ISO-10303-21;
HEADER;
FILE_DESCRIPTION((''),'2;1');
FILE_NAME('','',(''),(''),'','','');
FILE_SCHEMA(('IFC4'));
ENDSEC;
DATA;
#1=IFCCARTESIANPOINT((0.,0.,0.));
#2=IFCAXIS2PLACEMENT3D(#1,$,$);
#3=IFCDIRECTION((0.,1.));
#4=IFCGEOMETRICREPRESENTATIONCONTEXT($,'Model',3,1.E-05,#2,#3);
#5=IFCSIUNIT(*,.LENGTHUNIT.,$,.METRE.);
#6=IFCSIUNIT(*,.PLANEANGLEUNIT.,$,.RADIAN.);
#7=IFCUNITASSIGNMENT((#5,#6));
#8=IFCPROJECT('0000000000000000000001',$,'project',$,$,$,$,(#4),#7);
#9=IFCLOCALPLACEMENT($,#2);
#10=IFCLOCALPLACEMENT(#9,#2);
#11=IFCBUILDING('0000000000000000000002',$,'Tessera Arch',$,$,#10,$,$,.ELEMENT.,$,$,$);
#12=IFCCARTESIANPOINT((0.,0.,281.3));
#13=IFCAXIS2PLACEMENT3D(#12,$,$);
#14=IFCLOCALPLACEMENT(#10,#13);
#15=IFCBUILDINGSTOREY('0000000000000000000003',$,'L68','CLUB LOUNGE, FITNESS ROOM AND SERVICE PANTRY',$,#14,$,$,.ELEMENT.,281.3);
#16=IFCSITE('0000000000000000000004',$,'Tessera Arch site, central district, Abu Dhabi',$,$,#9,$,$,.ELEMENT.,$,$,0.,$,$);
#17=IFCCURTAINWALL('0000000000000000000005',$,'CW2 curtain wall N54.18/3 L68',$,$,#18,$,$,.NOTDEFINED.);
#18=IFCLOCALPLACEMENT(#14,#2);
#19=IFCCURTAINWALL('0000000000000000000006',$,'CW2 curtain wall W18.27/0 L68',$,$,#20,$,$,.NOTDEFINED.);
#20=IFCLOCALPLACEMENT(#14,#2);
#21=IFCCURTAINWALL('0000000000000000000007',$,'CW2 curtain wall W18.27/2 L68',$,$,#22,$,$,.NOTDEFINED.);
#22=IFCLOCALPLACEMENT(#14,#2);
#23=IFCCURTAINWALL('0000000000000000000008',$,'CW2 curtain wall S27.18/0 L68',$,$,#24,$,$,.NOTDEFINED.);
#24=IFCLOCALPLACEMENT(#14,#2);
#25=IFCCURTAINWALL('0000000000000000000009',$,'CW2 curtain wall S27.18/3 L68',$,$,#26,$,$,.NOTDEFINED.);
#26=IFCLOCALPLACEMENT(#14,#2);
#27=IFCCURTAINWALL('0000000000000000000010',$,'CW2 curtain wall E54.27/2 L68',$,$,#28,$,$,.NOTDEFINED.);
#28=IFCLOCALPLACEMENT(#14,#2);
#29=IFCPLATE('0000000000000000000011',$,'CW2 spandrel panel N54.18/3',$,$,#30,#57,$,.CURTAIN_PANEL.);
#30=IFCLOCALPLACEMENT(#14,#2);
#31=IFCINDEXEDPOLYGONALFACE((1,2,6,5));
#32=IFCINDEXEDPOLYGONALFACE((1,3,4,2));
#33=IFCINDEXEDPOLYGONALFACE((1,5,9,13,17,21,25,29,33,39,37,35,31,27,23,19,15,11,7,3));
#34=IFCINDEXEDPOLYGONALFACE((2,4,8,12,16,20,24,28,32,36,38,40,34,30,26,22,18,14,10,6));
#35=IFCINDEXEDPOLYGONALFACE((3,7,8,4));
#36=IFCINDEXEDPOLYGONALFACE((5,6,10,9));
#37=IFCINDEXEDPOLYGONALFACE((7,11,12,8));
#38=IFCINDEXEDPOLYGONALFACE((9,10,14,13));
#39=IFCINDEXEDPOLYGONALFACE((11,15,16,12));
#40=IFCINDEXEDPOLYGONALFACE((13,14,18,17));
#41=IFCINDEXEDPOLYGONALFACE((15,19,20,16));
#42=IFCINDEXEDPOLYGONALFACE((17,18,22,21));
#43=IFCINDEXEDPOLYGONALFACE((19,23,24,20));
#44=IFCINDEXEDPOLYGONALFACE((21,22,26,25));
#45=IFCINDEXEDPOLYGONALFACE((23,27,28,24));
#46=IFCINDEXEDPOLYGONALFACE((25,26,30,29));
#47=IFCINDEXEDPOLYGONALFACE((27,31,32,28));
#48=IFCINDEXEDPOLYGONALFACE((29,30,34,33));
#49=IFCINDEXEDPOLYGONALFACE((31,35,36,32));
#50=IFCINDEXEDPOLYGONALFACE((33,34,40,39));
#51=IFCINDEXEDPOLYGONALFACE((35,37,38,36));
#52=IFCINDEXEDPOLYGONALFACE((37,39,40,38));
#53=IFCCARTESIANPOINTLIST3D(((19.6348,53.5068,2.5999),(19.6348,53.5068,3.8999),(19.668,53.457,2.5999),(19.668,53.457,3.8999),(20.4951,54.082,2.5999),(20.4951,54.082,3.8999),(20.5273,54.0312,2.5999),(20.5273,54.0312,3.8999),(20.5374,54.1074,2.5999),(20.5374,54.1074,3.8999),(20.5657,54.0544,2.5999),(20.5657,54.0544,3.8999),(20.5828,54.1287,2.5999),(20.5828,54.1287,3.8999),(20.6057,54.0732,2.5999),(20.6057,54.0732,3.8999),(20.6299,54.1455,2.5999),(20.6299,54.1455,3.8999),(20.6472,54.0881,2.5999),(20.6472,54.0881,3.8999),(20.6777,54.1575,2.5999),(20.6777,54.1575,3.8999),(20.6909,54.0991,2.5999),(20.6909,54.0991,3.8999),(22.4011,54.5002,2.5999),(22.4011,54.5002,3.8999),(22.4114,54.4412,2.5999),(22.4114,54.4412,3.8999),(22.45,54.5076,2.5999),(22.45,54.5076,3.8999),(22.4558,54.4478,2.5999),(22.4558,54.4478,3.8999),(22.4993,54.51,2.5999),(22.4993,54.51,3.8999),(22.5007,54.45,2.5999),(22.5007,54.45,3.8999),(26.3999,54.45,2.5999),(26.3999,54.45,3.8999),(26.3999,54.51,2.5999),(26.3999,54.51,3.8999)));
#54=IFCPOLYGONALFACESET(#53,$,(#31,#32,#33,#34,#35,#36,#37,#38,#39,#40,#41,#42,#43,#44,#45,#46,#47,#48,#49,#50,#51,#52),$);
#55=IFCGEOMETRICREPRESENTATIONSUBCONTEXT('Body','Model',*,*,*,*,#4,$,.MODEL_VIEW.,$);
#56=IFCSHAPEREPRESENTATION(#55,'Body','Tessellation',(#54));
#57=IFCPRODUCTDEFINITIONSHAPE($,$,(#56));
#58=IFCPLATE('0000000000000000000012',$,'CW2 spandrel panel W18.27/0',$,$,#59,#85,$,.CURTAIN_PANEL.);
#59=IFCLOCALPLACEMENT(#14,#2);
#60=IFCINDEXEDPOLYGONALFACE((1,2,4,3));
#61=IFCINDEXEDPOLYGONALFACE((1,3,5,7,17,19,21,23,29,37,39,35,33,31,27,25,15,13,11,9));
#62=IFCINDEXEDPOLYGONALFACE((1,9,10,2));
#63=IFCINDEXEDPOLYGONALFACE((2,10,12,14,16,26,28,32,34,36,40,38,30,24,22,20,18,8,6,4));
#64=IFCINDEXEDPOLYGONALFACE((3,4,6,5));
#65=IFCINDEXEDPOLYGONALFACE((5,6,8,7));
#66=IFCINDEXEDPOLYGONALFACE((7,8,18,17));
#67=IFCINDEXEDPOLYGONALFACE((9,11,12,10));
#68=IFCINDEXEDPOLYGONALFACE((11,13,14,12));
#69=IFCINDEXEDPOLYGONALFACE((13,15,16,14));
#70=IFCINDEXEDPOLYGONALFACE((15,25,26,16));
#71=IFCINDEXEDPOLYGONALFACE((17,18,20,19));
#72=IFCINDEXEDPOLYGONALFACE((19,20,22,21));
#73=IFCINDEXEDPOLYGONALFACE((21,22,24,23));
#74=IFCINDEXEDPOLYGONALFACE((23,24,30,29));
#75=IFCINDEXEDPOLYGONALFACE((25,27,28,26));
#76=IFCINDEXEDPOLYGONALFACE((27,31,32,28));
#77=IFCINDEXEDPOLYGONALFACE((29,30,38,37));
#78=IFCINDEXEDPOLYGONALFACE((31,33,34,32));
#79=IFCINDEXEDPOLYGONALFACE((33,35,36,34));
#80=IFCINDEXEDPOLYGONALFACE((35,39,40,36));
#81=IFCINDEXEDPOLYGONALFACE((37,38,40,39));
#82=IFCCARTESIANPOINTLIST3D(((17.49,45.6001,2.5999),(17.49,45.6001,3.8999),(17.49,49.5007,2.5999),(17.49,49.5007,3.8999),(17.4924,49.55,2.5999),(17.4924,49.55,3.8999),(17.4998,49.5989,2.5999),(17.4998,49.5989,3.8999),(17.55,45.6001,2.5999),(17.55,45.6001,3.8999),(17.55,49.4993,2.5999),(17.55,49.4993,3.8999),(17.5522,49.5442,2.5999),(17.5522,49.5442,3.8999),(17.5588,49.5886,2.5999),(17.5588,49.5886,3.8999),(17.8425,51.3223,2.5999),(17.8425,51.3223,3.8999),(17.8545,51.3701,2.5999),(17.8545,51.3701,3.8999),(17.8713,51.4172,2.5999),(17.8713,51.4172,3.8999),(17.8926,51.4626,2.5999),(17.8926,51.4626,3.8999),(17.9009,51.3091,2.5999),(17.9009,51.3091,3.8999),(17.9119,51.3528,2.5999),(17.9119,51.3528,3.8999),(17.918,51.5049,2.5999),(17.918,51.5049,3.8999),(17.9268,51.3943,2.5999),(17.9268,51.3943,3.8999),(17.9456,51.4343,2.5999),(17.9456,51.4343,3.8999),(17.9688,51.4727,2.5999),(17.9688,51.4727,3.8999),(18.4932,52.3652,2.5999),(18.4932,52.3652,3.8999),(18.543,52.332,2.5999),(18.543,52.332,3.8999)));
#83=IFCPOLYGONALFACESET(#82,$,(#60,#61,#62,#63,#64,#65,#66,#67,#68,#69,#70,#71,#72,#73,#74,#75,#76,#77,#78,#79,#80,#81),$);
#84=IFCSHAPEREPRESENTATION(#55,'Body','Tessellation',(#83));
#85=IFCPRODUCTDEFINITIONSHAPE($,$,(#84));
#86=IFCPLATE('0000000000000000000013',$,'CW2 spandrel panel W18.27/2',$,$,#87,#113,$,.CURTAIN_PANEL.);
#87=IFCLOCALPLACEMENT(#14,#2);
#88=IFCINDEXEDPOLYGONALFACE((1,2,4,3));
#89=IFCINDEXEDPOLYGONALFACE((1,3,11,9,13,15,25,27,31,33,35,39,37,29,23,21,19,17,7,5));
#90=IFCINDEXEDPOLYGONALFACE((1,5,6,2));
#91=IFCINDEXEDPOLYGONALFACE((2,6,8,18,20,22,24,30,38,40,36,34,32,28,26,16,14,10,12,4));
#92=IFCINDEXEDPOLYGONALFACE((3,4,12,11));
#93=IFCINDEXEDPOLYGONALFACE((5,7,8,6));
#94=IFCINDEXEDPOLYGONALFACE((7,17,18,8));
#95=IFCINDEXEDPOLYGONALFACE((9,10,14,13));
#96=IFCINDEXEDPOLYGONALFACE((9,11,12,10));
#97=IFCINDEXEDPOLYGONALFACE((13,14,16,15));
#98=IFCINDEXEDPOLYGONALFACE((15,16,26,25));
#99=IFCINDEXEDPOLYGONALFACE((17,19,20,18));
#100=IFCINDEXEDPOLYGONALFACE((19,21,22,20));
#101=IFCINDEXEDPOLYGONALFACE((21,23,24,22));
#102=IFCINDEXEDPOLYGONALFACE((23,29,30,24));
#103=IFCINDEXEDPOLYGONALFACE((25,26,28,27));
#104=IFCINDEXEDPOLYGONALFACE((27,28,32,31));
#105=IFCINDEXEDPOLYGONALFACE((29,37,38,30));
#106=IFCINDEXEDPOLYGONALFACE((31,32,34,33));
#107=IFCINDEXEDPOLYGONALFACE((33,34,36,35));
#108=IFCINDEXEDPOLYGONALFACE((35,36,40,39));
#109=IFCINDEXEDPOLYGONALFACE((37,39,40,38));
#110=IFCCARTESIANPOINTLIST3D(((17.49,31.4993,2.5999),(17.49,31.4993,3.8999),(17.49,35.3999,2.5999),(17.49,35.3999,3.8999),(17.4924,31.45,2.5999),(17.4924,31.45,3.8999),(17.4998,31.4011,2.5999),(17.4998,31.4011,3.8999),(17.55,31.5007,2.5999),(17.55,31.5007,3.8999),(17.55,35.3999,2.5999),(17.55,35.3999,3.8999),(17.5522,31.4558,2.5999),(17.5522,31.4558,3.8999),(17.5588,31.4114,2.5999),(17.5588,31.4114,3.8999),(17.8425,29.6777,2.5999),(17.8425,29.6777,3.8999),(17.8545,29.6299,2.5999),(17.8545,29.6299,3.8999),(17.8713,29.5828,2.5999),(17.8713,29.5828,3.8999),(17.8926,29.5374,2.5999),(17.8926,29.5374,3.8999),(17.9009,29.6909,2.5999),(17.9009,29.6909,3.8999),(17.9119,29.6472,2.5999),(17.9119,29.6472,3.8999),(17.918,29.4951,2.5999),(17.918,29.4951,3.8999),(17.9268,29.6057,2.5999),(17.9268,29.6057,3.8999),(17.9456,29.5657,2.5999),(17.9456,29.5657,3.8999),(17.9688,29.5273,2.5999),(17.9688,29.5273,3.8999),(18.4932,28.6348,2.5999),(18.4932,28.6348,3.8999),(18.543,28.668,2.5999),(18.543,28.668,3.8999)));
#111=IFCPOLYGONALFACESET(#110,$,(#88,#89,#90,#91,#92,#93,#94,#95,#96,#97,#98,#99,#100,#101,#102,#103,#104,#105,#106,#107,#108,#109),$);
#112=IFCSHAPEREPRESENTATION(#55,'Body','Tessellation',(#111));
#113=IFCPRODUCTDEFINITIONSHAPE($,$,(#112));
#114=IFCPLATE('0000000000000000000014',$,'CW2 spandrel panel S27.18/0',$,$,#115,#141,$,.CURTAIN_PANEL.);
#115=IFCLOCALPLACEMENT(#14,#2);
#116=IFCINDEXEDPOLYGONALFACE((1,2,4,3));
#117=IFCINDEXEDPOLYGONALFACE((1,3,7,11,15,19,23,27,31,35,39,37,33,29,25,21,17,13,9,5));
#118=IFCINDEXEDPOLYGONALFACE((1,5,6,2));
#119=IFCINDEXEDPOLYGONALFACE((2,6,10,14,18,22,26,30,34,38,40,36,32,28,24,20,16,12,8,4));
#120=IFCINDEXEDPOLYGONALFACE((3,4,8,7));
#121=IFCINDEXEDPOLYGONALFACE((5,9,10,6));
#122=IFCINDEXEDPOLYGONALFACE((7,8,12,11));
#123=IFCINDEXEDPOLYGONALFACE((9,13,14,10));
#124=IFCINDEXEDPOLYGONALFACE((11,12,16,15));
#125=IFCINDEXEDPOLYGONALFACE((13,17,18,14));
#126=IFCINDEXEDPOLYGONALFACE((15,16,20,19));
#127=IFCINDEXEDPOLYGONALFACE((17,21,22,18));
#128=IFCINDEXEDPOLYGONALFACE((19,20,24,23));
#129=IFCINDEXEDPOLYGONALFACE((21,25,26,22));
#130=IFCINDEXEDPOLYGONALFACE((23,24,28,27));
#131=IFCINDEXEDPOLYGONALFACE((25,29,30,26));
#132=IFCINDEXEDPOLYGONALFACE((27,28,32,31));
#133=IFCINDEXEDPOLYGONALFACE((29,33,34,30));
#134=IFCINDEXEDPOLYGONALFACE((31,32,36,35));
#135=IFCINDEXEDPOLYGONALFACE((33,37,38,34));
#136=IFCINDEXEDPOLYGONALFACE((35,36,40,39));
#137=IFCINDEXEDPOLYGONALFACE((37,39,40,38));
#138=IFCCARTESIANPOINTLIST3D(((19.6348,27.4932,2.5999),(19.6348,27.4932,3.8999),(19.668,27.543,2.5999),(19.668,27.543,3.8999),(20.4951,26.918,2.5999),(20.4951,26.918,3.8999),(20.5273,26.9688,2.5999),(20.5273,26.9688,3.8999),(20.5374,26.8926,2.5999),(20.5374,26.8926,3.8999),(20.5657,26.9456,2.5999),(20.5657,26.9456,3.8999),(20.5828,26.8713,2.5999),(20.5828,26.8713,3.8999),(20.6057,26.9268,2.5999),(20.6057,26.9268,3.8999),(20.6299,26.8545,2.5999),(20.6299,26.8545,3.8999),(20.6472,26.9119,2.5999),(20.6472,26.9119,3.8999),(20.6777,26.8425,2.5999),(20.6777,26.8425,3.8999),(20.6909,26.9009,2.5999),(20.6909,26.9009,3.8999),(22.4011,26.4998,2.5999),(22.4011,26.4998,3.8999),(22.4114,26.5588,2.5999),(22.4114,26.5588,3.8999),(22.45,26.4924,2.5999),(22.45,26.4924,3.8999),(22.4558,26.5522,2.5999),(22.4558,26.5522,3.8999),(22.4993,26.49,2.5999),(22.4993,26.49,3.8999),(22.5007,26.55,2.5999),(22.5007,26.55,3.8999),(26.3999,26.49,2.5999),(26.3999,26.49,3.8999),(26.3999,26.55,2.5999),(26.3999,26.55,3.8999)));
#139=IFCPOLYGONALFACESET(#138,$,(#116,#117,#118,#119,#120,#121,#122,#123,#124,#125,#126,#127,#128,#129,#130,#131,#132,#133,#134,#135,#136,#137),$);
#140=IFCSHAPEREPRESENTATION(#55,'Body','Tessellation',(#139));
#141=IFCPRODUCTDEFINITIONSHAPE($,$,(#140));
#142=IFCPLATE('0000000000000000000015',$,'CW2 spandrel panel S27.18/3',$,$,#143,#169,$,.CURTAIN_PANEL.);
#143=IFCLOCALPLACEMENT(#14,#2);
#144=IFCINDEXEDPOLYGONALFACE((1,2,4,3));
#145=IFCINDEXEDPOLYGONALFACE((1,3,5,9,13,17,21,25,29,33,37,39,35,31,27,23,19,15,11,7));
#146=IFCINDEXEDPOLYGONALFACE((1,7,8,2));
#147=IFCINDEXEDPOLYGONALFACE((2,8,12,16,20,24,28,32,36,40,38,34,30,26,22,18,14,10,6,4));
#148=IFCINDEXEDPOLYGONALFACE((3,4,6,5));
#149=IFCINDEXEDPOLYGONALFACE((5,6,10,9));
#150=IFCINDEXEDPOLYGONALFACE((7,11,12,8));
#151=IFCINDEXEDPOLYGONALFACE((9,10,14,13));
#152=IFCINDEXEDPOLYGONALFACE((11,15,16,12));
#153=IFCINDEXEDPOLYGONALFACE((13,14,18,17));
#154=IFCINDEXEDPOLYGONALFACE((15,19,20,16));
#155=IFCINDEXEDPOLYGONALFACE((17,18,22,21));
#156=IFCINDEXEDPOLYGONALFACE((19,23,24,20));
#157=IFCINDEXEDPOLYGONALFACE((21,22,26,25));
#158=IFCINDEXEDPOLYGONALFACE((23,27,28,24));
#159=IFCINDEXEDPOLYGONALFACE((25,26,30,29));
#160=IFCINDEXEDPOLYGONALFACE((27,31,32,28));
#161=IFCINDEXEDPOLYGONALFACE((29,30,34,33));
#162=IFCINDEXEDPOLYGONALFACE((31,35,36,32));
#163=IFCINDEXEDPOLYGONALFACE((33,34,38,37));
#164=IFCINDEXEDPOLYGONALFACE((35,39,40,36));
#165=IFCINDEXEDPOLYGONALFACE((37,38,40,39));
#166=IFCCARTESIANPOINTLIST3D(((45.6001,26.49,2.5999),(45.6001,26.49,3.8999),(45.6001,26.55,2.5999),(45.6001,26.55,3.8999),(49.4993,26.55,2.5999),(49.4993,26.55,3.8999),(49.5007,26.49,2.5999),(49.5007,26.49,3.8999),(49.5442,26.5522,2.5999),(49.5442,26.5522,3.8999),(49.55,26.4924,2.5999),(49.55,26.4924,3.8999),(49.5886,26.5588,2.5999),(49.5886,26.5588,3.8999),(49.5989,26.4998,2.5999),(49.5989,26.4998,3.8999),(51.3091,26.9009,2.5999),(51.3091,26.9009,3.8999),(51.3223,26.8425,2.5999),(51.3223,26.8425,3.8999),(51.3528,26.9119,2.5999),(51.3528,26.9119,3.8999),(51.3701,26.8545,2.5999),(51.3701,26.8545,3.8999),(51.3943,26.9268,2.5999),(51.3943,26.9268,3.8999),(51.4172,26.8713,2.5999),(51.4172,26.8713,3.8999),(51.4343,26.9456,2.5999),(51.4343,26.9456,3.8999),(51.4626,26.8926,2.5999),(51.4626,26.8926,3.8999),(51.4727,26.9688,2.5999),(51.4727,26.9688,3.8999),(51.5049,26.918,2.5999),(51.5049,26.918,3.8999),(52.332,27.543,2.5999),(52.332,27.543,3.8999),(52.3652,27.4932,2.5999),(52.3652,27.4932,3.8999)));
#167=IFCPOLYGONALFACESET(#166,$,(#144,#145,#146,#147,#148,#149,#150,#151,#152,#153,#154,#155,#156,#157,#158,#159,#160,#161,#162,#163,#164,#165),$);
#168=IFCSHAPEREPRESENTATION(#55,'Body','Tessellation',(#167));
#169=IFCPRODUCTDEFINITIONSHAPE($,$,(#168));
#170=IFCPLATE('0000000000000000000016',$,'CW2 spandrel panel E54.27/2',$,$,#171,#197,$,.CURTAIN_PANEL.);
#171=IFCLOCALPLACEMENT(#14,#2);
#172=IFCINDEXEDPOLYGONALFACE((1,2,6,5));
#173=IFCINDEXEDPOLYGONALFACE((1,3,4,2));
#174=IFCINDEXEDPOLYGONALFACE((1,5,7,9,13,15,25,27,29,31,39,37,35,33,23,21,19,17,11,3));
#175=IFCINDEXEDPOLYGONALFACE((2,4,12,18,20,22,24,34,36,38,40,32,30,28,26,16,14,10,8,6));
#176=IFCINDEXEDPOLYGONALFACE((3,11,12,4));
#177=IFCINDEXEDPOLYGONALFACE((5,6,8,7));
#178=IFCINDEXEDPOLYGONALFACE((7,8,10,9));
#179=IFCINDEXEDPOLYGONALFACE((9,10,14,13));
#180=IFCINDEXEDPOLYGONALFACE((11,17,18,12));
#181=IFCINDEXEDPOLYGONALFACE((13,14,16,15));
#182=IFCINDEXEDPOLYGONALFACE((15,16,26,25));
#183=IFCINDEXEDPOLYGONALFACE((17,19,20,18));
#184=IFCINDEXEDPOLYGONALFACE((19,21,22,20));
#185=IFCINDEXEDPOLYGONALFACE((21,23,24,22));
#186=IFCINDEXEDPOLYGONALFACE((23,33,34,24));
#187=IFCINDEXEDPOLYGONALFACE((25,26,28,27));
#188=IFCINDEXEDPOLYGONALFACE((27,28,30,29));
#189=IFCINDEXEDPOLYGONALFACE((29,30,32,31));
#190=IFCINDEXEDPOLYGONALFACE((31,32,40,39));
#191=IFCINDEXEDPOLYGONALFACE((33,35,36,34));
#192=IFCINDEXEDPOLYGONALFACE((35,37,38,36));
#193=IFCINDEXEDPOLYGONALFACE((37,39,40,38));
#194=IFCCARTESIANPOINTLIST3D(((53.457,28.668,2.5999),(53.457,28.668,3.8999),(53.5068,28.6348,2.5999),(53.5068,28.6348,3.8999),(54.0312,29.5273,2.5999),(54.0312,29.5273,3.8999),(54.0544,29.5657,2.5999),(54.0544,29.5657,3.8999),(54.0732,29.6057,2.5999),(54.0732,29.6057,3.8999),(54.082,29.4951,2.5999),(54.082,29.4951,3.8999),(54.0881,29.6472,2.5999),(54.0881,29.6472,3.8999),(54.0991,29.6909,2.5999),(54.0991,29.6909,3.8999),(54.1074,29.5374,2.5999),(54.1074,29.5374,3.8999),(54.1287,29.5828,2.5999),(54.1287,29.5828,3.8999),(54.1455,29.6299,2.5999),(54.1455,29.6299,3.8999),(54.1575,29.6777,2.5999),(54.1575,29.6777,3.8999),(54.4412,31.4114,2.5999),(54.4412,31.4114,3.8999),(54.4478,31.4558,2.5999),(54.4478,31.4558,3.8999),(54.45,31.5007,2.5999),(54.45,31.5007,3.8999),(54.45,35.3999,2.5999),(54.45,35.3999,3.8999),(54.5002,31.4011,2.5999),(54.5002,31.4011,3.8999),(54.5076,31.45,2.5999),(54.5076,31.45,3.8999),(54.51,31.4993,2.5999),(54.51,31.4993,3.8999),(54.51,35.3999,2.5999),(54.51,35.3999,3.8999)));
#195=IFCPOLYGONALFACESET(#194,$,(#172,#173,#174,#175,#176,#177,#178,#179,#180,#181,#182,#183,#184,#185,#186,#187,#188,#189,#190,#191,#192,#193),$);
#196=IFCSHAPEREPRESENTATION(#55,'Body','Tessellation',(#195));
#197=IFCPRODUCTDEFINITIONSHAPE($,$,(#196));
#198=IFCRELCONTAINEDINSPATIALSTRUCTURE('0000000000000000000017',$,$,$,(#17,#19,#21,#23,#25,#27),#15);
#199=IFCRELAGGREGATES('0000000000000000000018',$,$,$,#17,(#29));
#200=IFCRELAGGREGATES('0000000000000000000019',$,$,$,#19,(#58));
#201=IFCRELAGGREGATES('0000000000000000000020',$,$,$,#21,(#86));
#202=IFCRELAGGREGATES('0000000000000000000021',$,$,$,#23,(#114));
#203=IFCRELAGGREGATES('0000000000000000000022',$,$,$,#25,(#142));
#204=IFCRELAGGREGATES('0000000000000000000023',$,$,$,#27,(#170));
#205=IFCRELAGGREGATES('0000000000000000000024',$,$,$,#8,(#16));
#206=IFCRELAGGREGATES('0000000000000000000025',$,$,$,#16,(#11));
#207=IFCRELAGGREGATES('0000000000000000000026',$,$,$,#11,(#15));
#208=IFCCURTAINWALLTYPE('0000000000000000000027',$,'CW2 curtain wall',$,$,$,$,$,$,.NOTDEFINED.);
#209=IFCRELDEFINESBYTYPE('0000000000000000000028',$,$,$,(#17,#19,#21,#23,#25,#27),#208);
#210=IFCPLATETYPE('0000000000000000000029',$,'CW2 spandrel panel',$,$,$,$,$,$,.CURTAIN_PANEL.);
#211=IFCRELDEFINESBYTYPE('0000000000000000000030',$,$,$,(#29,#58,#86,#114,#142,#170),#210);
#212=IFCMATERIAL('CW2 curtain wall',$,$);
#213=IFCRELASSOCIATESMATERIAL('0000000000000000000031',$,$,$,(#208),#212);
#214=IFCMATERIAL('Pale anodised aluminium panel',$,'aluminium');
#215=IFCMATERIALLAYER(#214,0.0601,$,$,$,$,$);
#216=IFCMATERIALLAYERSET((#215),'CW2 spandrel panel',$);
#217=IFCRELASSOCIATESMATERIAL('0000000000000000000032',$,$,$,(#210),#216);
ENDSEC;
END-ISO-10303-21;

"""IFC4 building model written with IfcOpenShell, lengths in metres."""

from ifc_helpers import new_model, si_unit, direction, frame, origin, place, context, subcontext, project, spatial, polyline, outline, extrude, material, layer, layer_set, type_object, element, aggregate, save


model = new_model("IFC4")

# Units and contexts
model_context = context("Model", 3, precision=1e-05, world=origin(), true_north=direction((0.0, 1.0)))
body_context = subcontext(model_context, "Body", "Model", "MODEL_VIEW")
ifc_project = project(units=[si_unit("LENGTHUNIT", "METRE"), si_unit("PLANEANGLEUNIT", "RADIAN")], contexts=[model_context])

# Site, building, storey
site_placement = place(None, origin())
site = spatial("IfcSite", under=ifc_project, at=site_placement, Name="Tessera Arch site, central district, Abu Dhabi", CompositionType="ELEMENT", RefElevation=0.0)
building_placement = place(site_placement, origin())
building = spatial("IfcBuilding", under=site, at=building_placement, Name="Tessera Arch", CompositionType="ELEMENT")
storey_placement = place(building_placement, frame((0.0, 0.0, 281.3)))
storey = spatial("IfcBuildingStorey", under=building, at=storey_placement, Name="L68", Description="CLUB LOUNGE, FITNESS ROOM AND SERVICE PANTRY", CompositionType="ELEMENT", Elevation=281.3)

# Curtain walls
ifc_material_1 = material(Name="CW2 curtain wall")
curtain_wall_type = type_object("IfcCurtainWallType", Name="CW2 curtain wall", PredefinedType="NOTDEFINED", material=ifc_material_1)
curtain_wall_1_placement = place(storey_placement, origin())
curtain_wall_1 = element("IfcCurtainWall", 1, at=curtain_wall_1_placement, inside=storey, type_object=curtain_wall_type, Name="CW2 curtain wall N54.18/3 L68", PredefinedType="NOTDEFINED")
curtain_wall_2_placement = place(storey_placement, origin())
curtain_wall_2 = element("IfcCurtainWall", 2, at=curtain_wall_2_placement, inside=storey, type_object=curtain_wall_type, Name="CW2 curtain wall W18.27/0 L68", PredefinedType="NOTDEFINED")
curtain_wall_3_placement = place(storey_placement, origin())
curtain_wall_3 = element("IfcCurtainWall", 3, at=curtain_wall_3_placement, inside=storey, type_object=curtain_wall_type, Name="CW2 curtain wall W18.27/2 L68", PredefinedType="NOTDEFINED")
curtain_wall_4_placement = place(storey_placement, origin())
curtain_wall_4 = element("IfcCurtainWall", 4, at=curtain_wall_4_placement, inside=storey, type_object=curtain_wall_type, Name="CW2 curtain wall S27.18/0 L68", PredefinedType="NOTDEFINED")
curtain_wall_5_placement = place(storey_placement, origin())
curtain_wall_5 = element("IfcCurtainWall", 5, at=curtain_wall_5_placement, inside=storey, type_object=curtain_wall_type, Name="CW2 curtain wall S27.18/3 L68", PredefinedType="NOTDEFINED")
curtain_wall_6_placement = place(storey_placement, origin())
curtain_wall_6 = element("IfcCurtainWall", 6, at=curtain_wall_6_placement, inside=storey, type_object=curtain_wall_type, Name="CW2 curtain wall E54.27/2 L68", PredefinedType="NOTDEFINED")

# Plates
ifc_material_2 = material(Name="Pale anodised aluminium panel", Category="aluminium")
ifc_layer_1 = layer(ifc_material_2, 0.0601)
ifc_layer_set_1 = layer_set([ifc_layer_1], Name="CW2 spandrel panel")
plate_type_1 = type_object("IfcPlateType", Name="CW2 spandrel panel", PredefinedType="CURTAIN_PANEL", material=ifc_layer_set_1)
plate_1_placement = place(storey_placement, frame((0.0, 0.0, 2.5999)))
plate_1 = element("IfcPlate", 7, at=plate_1_placement, type_object=plate_type_1, Name="CW2 spandrel panel N54.18/3", PredefinedType="CURTAIN_PANEL", context=body_context, shape_type="SweptSolid", body=[
    extrude(outline(polyline([(22.5007, 54.45), (26.3999, 54.45), (26.3999, 54.51), (22.4993, 54.51), (22.45, 54.5076), (22.4011, 54.5002), (20.6777, 54.1575), (20.6299, 54.1455), (20.5828, 54.1287), (20.5374, 54.1074), (20.4951, 54.082), (19.6348, 53.5068), (19.668, 53.457), (20.5273, 54.0312), (20.5657, 54.0544), (20.6057, 54.0732), (20.6472, 54.0881), (20.6909, 54.0991), (22.4114, 54.4412), (22.4558, 54.4478), (22.5007, 54.45)])), origin(), (0.0, 0.0, 1.0), 1.3),
])
aggregate(curtain_wall_1, [plate_1])
plate_2_placement = place(storey_placement, frame((0.0, 0.0, 2.5999)))
plate_2 = element("IfcPlate", 8, at=plate_2_placement, type_object=plate_type_1, Name="CW2 spandrel panel W18.27/0", PredefinedType="CURTAIN_PANEL", context=body_context, shape_type="SweptSolid", body=[
    extrude(outline(polyline([(17.9688, 51.4727), (18.543, 52.332), (18.4932, 52.3652), (17.918, 51.5049), (17.8926, 51.4626), (17.8713, 51.4172), (17.8545, 51.3701), (17.8425, 51.3223), (17.4998, 49.5989), (17.4924, 49.55), (17.49, 49.5007), (17.49, 45.6001), (17.55, 45.6001), (17.55, 49.4993), (17.5522, 49.5442), (17.5588, 49.5886), (17.9009, 51.3091), (17.9119, 51.3528), (17.9268, 51.3943), (17.9456, 51.4343), (17.9688, 51.4727)])), origin(), (0.0, 0.0, 1.0), 1.3),
])
aggregate(curtain_wall_2, [plate_2])
plate_3_placement = place(storey_placement, frame((0.0, 0.0, 2.5999)))
plate_3 = element("IfcPlate", 9, at=plate_3_placement, type_object=plate_type_1, Name="CW2 spandrel panel W18.27/2", PredefinedType="CURTAIN_PANEL", context=body_context, shape_type="SweptSolid", body=[
    extrude(outline(polyline([(17.55, 31.5007), (17.55, 35.3999), (17.49, 35.3999), (17.49, 31.4993), (17.4924, 31.45), (17.4998, 31.4011), (17.8425, 29.6777), (17.8545, 29.6299), (17.8713, 29.5828), (17.8926, 29.5374), (17.918, 29.4951), (18.4932, 28.6348), (18.543, 28.668), (17.9688, 29.5273), (17.9456, 29.5657), (17.9268, 29.6057), (17.9119, 29.6472), (17.9009, 29.6909), (17.5588, 31.4114), (17.5522, 31.4558), (17.55, 31.5007)])), origin(), (0.0, 0.0, 1.0), 1.3),
])
aggregate(curtain_wall_3, [plate_3])
plate_4_placement = place(storey_placement, frame((0.0, 0.0, 2.5999)))
plate_4 = element("IfcPlate", 10, at=plate_4_placement, type_object=plate_type_1, Name="CW2 spandrel panel S27.18/0", PredefinedType="CURTAIN_PANEL", context=body_context, shape_type="SweptSolid", body=[
    extrude(outline(polyline([(20.5273, 26.9688), (19.668, 27.543), (19.6348, 27.4932), (20.4951, 26.918), (20.5374, 26.8926), (20.5828, 26.8713), (20.6299, 26.8545), (20.6777, 26.8425), (22.4011, 26.4998), (22.45, 26.4924), (22.4993, 26.49), (26.3999, 26.49), (26.3999, 26.55), (22.5007, 26.55), (22.4558, 26.5522), (22.4114, 26.5588), (20.6909, 26.9009), (20.6472, 26.9119), (20.6057, 26.9268), (20.5657, 26.9456), (20.5273, 26.9688)])), origin(), (0.0, 0.0, 1.0), 1.3),
])
aggregate(curtain_wall_4, [plate_4])
plate_5_placement = place(storey_placement, frame((0.0, 0.0, 2.5999)))
plate_5 = element("IfcPlate", 11, at=plate_5_placement, type_object=plate_type_1, Name="CW2 spandrel panel S27.18/3", PredefinedType="CURTAIN_PANEL", context=body_context, shape_type="SweptSolid", body=[
    extrude(outline(polyline([(49.4993, 26.55), (45.6001, 26.55), (45.6001, 26.49), (49.5007, 26.49), (49.55, 26.4924), (49.5989, 26.4998), (51.3223, 26.8425), (51.3701, 26.8545), (51.4172, 26.8713), (51.4626, 26.8926), (51.5049, 26.918), (52.3652, 27.4932), (52.332, 27.543), (51.4727, 26.9688), (51.4343, 26.9456), (51.3943, 26.9268), (51.3528, 26.9119), (51.3091, 26.9009), (49.5886, 26.5588), (49.5442, 26.5522), (49.4993, 26.55)])), origin(), (0.0, 0.0, 1.0), 1.3),
])
aggregate(curtain_wall_5, [plate_5])
plate_6_placement = place(storey_placement, frame((0.0, 0.0, 2.5999)))
plate_6 = element("IfcPlate", 12, at=plate_6_placement, type_object=plate_type_1, Name="CW2 spandrel panel E54.27/2", PredefinedType="CURTAIN_PANEL", context=body_context, shape_type="SweptSolid", body=[
    extrude(outline(polyline([(54.0312, 29.5273), (53.457, 28.668), (53.5068, 28.6348), (54.082, 29.4951), (54.1074, 29.5374), (54.1287, 29.5828), (54.1455, 29.6299), (54.1575, 29.6777), (54.5002, 31.4011), (54.5076, 31.45), (54.51, 31.4993), (54.51, 35.3999), (54.45, 35.3999), (54.45, 31.5007), (54.4478, 31.4558), (54.4412, 31.4114), (54.0991, 29.6909), (54.0881, 29.6472), (54.0732, 29.6057), (54.0544, 29.5657), (54.0312, 29.5273)])), origin(), (0.0, 0.0, 1.0), 1.3),
])
aggregate(curtain_wall_6, [plate_6])

save(model, "model.ifc")
